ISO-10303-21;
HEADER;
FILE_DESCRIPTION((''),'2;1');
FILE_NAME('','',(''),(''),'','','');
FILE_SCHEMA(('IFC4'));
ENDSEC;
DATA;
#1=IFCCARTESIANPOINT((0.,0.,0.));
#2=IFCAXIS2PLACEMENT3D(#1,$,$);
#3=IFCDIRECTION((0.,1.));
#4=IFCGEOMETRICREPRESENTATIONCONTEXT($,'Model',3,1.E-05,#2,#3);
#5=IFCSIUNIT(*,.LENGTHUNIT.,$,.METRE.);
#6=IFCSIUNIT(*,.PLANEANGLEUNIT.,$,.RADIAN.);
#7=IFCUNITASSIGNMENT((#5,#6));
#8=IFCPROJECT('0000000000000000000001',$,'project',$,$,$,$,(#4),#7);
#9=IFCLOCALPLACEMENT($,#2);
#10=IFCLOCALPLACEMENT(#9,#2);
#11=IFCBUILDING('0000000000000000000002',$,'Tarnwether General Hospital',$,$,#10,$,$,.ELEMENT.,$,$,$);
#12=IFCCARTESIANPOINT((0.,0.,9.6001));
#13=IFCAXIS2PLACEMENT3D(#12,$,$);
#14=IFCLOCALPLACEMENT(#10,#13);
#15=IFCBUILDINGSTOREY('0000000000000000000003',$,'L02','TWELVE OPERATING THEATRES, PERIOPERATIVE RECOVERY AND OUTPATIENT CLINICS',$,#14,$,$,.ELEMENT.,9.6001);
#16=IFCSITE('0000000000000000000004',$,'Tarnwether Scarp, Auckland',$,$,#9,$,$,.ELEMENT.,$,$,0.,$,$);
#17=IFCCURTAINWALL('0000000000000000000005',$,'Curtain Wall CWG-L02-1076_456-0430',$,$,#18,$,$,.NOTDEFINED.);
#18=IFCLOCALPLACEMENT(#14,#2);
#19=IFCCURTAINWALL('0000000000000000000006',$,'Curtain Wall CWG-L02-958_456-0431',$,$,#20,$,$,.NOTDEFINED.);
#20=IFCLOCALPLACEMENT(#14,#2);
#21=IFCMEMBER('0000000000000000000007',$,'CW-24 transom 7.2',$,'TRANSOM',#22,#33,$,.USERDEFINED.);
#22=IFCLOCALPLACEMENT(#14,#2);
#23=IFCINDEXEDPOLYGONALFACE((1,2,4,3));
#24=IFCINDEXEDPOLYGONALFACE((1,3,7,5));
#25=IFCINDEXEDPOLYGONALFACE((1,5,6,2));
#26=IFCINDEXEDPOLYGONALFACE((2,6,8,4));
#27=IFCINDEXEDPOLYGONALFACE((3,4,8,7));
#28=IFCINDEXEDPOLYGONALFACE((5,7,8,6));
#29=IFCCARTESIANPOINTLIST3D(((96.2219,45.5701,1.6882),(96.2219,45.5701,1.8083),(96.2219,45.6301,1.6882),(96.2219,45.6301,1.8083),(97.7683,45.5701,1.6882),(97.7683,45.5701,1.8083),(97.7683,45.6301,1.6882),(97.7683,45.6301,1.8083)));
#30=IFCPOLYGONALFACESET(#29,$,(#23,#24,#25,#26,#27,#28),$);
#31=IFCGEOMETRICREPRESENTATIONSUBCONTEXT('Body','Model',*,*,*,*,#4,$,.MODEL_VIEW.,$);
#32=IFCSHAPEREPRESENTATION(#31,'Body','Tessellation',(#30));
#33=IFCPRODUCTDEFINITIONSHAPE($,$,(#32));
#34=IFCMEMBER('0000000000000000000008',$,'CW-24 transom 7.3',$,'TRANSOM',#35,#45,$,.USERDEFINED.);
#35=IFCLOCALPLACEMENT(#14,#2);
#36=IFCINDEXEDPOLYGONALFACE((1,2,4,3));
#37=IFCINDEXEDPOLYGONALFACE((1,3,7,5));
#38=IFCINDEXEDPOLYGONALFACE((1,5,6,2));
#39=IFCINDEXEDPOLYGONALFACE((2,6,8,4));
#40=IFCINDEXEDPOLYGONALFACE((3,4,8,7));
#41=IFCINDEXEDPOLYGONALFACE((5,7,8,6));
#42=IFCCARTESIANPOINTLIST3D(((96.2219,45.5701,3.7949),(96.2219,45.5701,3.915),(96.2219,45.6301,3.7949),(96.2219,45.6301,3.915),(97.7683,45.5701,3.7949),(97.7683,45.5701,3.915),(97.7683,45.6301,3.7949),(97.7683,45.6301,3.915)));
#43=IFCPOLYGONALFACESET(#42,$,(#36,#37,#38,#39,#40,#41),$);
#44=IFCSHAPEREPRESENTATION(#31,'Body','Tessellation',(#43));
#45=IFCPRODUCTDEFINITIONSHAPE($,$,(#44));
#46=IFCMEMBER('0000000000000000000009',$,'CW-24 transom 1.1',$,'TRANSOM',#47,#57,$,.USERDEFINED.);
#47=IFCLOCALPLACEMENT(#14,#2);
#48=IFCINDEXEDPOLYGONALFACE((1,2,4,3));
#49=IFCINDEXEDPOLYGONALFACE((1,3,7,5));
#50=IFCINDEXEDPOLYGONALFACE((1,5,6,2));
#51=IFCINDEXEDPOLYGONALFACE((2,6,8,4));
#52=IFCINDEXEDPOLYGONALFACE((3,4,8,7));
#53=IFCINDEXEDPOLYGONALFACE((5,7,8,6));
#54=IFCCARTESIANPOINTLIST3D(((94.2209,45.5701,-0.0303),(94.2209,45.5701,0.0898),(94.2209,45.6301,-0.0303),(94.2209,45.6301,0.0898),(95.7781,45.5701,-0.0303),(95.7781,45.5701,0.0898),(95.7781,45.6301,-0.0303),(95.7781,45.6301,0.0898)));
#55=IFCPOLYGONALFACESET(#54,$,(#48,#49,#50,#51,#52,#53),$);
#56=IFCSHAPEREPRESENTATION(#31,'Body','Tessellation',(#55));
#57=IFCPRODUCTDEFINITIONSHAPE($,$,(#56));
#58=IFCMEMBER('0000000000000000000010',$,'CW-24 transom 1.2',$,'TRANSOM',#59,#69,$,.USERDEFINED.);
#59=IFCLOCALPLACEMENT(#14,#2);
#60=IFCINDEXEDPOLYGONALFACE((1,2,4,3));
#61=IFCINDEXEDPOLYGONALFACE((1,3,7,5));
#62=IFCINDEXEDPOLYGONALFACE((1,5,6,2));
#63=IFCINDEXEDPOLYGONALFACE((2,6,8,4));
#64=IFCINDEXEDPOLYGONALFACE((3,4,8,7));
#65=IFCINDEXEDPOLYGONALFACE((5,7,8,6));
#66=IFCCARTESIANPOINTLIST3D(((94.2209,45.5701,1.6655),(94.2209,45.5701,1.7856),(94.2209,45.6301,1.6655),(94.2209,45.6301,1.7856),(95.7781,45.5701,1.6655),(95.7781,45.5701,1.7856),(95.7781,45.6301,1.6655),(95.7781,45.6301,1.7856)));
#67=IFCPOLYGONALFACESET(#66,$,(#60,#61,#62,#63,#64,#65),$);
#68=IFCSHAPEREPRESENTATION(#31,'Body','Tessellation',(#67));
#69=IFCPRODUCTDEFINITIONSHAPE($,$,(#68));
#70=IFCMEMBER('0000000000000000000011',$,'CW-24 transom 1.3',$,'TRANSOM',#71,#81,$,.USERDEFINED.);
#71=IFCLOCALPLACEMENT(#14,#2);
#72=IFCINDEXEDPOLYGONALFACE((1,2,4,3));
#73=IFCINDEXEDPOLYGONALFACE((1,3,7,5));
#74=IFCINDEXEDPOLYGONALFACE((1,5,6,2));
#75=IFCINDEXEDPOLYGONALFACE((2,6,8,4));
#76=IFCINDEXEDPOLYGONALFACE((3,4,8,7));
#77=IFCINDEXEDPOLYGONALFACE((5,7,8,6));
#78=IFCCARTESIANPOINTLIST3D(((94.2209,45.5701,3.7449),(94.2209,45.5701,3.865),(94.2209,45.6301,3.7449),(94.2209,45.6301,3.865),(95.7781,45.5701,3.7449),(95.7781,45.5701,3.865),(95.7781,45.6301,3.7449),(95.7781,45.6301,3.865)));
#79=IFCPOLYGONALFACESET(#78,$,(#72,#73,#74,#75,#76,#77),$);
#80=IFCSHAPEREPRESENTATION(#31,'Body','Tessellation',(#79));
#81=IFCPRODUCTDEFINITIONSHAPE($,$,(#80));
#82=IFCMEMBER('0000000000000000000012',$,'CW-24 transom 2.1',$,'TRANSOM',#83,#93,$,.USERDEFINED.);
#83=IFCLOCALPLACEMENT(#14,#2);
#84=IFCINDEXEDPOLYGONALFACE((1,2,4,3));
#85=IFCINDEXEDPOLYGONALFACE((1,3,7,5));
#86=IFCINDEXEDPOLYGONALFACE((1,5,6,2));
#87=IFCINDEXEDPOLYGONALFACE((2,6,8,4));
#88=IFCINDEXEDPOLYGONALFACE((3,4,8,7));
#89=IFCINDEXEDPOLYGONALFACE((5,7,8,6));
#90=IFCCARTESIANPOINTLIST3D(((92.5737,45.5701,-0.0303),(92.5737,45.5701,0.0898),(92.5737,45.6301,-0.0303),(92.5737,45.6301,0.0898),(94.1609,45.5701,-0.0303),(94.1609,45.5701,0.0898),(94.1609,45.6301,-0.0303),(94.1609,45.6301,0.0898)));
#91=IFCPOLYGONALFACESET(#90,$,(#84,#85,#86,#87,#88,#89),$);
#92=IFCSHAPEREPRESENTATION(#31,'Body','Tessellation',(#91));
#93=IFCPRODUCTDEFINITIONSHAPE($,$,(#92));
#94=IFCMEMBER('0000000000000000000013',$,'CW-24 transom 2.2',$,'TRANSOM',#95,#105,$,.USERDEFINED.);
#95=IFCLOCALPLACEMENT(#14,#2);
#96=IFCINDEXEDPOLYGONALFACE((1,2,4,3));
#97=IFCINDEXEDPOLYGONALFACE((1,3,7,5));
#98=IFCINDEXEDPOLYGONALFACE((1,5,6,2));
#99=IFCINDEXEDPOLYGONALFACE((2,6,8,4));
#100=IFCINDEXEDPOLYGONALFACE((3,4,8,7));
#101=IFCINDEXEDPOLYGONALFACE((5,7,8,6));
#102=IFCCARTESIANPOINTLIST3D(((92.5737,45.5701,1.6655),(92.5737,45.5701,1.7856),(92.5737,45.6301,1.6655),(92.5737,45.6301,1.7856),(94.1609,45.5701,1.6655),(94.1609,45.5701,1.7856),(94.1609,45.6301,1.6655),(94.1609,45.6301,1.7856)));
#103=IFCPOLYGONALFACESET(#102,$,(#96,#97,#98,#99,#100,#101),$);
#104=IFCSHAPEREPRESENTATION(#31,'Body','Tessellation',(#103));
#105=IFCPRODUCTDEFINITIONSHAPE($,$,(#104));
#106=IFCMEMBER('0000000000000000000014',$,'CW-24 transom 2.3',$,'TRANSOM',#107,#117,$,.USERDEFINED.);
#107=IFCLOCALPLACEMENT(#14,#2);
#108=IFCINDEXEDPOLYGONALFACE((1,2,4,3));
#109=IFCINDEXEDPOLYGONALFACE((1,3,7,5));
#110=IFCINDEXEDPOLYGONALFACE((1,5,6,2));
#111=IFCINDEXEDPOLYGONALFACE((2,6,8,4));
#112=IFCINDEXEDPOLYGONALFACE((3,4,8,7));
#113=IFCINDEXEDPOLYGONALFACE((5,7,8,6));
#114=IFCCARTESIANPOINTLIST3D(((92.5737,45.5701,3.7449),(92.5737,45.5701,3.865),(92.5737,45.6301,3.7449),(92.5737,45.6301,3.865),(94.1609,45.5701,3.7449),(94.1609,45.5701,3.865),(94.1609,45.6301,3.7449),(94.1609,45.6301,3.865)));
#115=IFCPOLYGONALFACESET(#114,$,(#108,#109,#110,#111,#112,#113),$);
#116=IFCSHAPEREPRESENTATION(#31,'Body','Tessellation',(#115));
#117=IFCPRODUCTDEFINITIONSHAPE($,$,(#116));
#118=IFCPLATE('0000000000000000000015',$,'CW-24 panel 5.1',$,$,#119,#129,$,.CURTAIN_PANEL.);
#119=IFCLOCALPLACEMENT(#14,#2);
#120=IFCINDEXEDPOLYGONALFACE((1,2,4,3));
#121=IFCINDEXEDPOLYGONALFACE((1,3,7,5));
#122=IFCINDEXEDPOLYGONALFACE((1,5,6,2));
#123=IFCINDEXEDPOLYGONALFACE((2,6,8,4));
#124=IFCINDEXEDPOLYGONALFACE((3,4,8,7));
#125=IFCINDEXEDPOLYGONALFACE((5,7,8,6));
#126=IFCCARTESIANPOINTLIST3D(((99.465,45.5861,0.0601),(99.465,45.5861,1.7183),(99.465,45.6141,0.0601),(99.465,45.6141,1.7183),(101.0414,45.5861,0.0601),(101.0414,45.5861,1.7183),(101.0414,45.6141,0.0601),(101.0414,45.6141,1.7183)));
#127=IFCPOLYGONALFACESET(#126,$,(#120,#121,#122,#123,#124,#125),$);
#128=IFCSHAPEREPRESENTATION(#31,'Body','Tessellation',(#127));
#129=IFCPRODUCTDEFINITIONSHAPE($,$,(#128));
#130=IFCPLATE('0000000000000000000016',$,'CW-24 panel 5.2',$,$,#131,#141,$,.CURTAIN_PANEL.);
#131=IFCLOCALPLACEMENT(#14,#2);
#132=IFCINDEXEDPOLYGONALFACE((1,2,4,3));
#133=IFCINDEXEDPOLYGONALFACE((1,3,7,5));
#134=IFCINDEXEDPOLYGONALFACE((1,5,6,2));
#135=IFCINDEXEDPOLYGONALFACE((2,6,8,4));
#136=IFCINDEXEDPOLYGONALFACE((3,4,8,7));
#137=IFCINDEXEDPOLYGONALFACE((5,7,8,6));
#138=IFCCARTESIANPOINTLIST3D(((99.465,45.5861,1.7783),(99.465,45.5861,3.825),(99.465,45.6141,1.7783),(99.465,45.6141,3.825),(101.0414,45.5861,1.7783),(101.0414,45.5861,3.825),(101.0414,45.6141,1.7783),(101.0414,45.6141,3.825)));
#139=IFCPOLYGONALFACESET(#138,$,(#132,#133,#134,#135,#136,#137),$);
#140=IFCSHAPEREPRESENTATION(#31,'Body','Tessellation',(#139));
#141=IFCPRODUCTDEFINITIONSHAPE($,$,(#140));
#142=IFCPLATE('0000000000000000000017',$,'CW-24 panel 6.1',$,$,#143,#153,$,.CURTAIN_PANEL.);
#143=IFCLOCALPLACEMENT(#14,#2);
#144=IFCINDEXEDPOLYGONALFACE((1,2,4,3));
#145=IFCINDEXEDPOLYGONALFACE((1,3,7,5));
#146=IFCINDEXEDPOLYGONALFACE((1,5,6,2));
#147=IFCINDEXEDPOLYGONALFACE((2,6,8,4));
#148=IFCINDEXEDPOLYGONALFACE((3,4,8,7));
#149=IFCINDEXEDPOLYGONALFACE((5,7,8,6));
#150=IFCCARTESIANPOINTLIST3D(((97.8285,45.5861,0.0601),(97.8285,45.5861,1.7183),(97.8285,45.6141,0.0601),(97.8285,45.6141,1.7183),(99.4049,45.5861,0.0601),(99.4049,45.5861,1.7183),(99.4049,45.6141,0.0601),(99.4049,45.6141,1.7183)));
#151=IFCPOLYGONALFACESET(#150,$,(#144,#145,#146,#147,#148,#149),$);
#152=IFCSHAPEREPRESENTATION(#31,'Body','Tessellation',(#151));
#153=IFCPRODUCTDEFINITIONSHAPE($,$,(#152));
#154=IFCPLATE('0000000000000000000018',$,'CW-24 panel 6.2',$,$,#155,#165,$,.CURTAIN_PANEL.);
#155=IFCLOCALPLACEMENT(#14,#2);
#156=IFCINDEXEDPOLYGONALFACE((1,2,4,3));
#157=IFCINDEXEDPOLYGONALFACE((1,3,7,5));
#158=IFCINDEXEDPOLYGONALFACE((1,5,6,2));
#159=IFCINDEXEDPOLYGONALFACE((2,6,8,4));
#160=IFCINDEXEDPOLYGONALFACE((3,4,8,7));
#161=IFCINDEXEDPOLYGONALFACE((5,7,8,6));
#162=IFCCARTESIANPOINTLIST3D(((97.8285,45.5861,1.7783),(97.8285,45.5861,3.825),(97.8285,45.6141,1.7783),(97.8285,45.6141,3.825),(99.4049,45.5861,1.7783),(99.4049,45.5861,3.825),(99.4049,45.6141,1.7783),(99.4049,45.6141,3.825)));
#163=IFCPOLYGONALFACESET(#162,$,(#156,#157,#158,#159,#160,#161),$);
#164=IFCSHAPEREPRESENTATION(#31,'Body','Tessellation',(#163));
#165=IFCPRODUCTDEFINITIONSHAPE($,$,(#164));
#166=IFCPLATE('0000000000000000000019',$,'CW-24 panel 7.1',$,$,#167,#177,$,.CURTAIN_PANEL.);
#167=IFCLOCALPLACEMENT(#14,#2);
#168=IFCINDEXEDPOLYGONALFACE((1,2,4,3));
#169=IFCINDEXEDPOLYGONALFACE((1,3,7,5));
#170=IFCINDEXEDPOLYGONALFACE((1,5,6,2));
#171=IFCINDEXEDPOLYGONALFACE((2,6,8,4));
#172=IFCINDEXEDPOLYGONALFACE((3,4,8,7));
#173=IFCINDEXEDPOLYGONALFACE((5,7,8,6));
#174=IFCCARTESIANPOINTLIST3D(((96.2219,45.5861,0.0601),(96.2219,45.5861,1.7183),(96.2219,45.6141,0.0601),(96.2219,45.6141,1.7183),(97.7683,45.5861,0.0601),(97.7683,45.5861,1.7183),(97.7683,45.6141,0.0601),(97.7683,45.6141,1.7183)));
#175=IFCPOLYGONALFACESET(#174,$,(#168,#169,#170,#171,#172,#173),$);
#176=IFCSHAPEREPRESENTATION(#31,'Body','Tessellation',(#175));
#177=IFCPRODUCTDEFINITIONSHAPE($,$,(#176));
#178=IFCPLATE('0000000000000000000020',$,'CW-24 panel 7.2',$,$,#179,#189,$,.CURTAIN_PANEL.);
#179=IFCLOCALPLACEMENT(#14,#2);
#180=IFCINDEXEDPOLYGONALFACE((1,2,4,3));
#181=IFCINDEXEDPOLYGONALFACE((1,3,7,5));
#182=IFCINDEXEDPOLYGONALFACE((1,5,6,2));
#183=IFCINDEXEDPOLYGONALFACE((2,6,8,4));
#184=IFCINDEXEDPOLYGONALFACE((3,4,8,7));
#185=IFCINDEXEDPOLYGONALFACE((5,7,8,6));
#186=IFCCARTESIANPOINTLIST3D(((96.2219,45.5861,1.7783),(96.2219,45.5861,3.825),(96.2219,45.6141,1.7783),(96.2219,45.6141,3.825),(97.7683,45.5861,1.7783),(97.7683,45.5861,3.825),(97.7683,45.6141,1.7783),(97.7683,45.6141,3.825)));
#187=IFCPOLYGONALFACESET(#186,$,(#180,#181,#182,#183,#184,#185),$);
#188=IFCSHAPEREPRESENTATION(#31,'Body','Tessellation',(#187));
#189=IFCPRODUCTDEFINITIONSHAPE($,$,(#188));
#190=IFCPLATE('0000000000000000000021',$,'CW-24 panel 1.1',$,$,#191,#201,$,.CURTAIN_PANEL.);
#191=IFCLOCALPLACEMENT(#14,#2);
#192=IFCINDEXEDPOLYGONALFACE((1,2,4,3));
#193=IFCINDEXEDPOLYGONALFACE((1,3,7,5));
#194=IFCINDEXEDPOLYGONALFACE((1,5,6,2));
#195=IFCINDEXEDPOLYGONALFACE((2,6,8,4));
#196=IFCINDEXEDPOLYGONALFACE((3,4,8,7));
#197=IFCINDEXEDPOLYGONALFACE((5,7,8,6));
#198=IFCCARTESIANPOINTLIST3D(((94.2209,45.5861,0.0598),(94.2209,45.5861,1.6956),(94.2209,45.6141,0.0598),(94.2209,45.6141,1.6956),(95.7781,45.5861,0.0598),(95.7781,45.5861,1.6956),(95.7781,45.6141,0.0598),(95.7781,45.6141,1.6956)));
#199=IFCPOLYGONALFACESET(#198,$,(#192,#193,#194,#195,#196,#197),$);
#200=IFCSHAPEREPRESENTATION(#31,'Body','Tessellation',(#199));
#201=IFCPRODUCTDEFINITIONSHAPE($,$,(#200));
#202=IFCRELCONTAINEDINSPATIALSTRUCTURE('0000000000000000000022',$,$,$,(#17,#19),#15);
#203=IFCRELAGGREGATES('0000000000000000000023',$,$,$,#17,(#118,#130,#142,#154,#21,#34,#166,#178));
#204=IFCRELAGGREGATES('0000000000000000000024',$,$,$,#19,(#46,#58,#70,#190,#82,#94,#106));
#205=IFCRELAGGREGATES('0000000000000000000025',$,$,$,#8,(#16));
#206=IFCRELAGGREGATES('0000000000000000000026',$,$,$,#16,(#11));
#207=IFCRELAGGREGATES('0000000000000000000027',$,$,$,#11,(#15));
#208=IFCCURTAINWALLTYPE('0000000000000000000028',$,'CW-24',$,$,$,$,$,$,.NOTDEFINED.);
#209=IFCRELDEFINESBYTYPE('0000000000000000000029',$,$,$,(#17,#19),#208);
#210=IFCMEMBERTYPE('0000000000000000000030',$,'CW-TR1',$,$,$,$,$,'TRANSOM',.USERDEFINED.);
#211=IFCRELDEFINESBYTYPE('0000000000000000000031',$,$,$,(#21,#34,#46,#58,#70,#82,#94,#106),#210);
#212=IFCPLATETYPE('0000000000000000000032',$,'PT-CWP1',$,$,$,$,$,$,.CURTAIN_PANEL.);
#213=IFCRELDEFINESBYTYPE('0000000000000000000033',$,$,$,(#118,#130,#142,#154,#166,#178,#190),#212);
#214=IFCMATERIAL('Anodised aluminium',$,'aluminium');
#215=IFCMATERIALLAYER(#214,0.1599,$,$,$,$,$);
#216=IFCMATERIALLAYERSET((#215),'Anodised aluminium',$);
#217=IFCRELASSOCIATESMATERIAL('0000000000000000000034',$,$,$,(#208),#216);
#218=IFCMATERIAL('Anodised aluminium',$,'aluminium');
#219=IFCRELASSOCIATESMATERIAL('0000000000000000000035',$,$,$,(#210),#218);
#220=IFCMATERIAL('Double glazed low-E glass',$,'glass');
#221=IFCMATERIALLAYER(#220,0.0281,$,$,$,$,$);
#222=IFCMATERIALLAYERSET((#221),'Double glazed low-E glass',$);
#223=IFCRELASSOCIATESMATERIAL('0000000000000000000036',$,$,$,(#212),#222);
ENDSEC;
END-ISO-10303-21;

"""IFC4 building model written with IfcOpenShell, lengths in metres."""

from ifc_helpers import new_model, si_unit, direction, frame, origin, origin_2d, place, context, subcontext, project, spatial, rectangle, extrude, material, layer, layer_set, material_profile, profile_set, type_object, element, aggregate, save


model = new_model("IFC4")

# Units and contexts
model_context = context("Model", 3, precision=1e-05, world=origin(), true_north=direction((0.0, 1.0)))
body_context = subcontext(model_context, "Body", "Model", "MODEL_VIEW")
ifc_project = project(units=[si_unit("LENGTHUNIT", "METRE"), si_unit("PLANEANGLEUNIT", "RADIAN")], contexts=[model_context])

# Site, building, storey
site_placement = place(None, origin())
site = spatial("IfcSite", under=ifc_project, at=site_placement, Name="Tarnwether Scarp, Auckland", CompositionType="ELEMENT", RefElevation=0.0)
building_placement = place(site_placement, origin())
building = spatial("IfcBuilding", under=site, at=building_placement, Name="Tarnwether General Hospital", CompositionType="ELEMENT")
storey_placement = place(building_placement, frame((0.0, 0.0, 9.6001)))
storey = spatial("IfcBuildingStorey", under=building, at=storey_placement, Name="L02", Description="TWELVE OPERATING THEATRES, PERIOPERATIVE RECOVERY AND OUTPATIENT CLINICS", CompositionType="ELEMENT", Elevation=9.6001)

# Curtain walls
ifc_material_1 = material(Name="Anodised aluminium", Category="aluminium")
ifc_layer_1 = layer(ifc_material_1, 0.1599)
ifc_layer_set_1 = layer_set([ifc_layer_1], Name="Anodised aluminium")
curtain_wall_type = type_object("IfcCurtainWallType", Name="CW-24", PredefinedType="NOTDEFINED", material=ifc_layer_set_1)
curtain_wall_1_placement = place(storey_placement, origin())
curtain_wall_1 = element("IfcCurtainWall", 1, at=curtain_wall_1_placement, inside=storey, type_object=curtain_wall_type, Name="Curtain Wall CWG-L02-1076_456-0430", PredefinedType="NOTDEFINED")
curtain_wall_2_placement = place(storey_placement, origin())
curtain_wall_2 = element("IfcCurtainWall", 2, at=curtain_wall_2_placement, inside=storey, type_object=curtain_wall_type, Name="Curtain Wall CWG-L02-958_456-0431", PredefinedType="NOTDEFINED")

# Members
ifc_material_2 = material(Name="Anodised aluminium", Category="aluminium")
ifc_material_profile_1 = material_profile(ifc_material_2, rectangle(XDim=0.0601, YDim=0.1201, at=origin_2d()), Name="ALU-TRN-60x120")
ifc_profile_set_1 = profile_set([ifc_material_profile_1], Name="Anodised aluminium")
member_type_1 = type_object("IfcMemberType", Name="CW-TR1", ElementType="TRANSOM", PredefinedType="USERDEFINED", material=ifc_profile_set_1)
member_1_placement = place(storey_placement, frame((97.7683, 45.6001, 1.7483), z_axis=(-1.0, 0.0, 0.0), x_axis=(0.0, -1.0, 0.0)))
member_1 = element("IfcMember", 3, at=member_1_placement, type_object=member_type_1, Name="CW-24 transom 7.2", ObjectType="TRANSOM", PredefinedType="USERDEFINED", context=body_context, shape_type="SweptSolid", body=[
    extrude(rectangle(XDim=0.0601, YDim=0.1201, at=origin_2d()), origin(), (0.0, 0.0, 1.0), 1.5464),
])
member_2_placement = place(storey_placement, frame((97.7683, 45.6001, 3.855), z_axis=(-1.0, 0.0, 0.0), x_axis=(0.0, -1.0, 0.0)))
member_2 = element("IfcMember", 4, at=member_2_placement, type_object=member_type_1, Name="CW-24 transom 7.3", ObjectType="TRANSOM", PredefinedType="USERDEFINED", context=body_context, shape_type="SweptSolid", body=[
    extrude(rectangle(XDim=0.0601, YDim=0.1201, at=origin_2d()), origin(), (0.0, 0.0, 1.0), 1.5464),
])
member_3_placement = place(storey_placement, frame((95.7781, 45.6001, 0.0298), z_axis=(-1.0, 0.0, 0.0), x_axis=(0.0, -1.0, 0.0)))
member_3 = element("IfcMember", 5, at=member_3_placement, type_object=member_type_1, Name="CW-24 transom 1.1", ObjectType="TRANSOM", PredefinedType="USERDEFINED", context=body_context, shape_type="SweptSolid", body=[
    extrude(rectangle(XDim=0.0601, YDim=0.1201, at=origin_2d()), origin(), (0.0, 0.0, 1.0), 1.5571),
])
member_4_placement = place(storey_placement, frame((95.7781, 45.6001, 1.7256), z_axis=(-1.0, 0.0, 0.0), x_axis=(0.0, -1.0, 0.0)))
member_4 = element("IfcMember", 6, at=member_4_placement, type_object=member_type_1, Name="CW-24 transom 1.2", ObjectType="TRANSOM", PredefinedType="USERDEFINED", context=body_context, shape_type="SweptSolid", body=[
    extrude(rectangle(XDim=0.0601, YDim=0.1201, at=origin_2d()), origin(), (0.0, 0.0, 1.0), 1.5571),
])
member_5_placement = place(storey_placement, frame((95.7781, 45.6001, 3.8049), z_axis=(-1.0, 0.0, 0.0), x_axis=(0.0, -1.0, 0.0)))
member_5 = element("IfcMember", 7, at=member_5_placement, type_object=member_type_1, Name="CW-24 transom 1.3", ObjectType="TRANSOM", PredefinedType="USERDEFINED", context=body_context, shape_type="SweptSolid", body=[
    extrude(rectangle(XDim=0.0601, YDim=0.1201, at=origin_2d()), origin(), (0.0, 0.0, 1.0), 1.5571),
])
member_6_placement = place(storey_placement, frame((94.1609, 45.6001, 0.0298), z_axis=(-1.0, 0.0, 0.0), x_axis=(0.0, -1.0, 0.0)))
member_6 = element("IfcMember", 8, at=member_6_placement, type_object=member_type_1, Name="CW-24 transom 2.1", ObjectType="TRANSOM", PredefinedType="USERDEFINED", context=body_context, shape_type="SweptSolid", body=[
    extrude(rectangle(XDim=0.0601, YDim=0.1201, at=origin_2d()), origin(), (0.0, 0.0, 1.0), 1.5872),
])
member_7_placement = place(storey_placement, frame((94.1609, 45.6001, 1.7256), z_axis=(-1.0, 0.0, 0.0), x_axis=(0.0, -1.0, 0.0)))
member_7 = element("IfcMember", 9, at=member_7_placement, type_object=member_type_1, Name="CW-24 transom 2.2", ObjectType="TRANSOM", PredefinedType="USERDEFINED", context=body_context, shape_type="SweptSolid", body=[
    extrude(rectangle(XDim=0.0601, YDim=0.1201, at=origin_2d()), origin(), (0.0, 0.0, 1.0), 1.5872),
])
member_8_placement = place(storey_placement, frame((94.1609, 45.6001, 3.8049), z_axis=(-1.0, 0.0, 0.0), x_axis=(0.0, -1.0, 0.0)))
member_8 = element("IfcMember", 10, at=member_8_placement, type_object=member_type_1, Name="CW-24 transom 2.3", ObjectType="TRANSOM", PredefinedType="USERDEFINED", context=body_context, shape_type="SweptSolid", body=[
    extrude(rectangle(XDim=0.0601, YDim=0.1201, at=origin_2d()), origin(), (0.0, 0.0, 1.0), 1.5872),
])

# Plates
ifc_material_3 = material(Name="Double glazed low-E glass", Category="glass")
ifc_layer_2 = layer(ifc_material_3, 0.0281)
ifc_layer_set_2 = layer_set([ifc_layer_2], Name="Double glazed low-E glass")
plate_type = type_object("IfcPlateType", Name="PT-CWP1", PredefinedType="CURTAIN_PANEL", material=ifc_layer_set_2)
plate_1_placement = place(storey_placement, frame((100.2532, 45.6001, 0.0601), z_axis=(0.0, 0.0, 1.0), x_axis=(-1.0, 0.0, 0.0)))
plate_1 = element("IfcPlate", 11, at=plate_1_placement, type_object=plate_type, Name="CW-24 panel 5.1", PredefinedType="CURTAIN_PANEL", context=body_context, shape_type="SweptSolid", body=[
    extrude(rectangle(XDim=1.5764, YDim=0.0281, at=origin_2d()), origin(), (0.0, 0.0, 1.0), 1.6582),
])
plate_2_placement = place(storey_placement, frame((100.2532, 45.6001, 1.7783), z_axis=(0.0, 0.0, 1.0), x_axis=(-1.0, 0.0, 0.0)))
plate_2 = element("IfcPlate", 12, at=plate_2_placement, type_object=plate_type, Name="CW-24 panel 5.2", PredefinedType="CURTAIN_PANEL", context=body_context, shape_type="SweptSolid", body=[
    extrude(rectangle(XDim=1.5764, YDim=0.0281, at=origin_2d()), origin(), (0.0, 0.0, 1.0), 2.0466),
])
plate_3_placement = place(storey_placement, frame((98.6167, 45.6001, 0.0601), z_axis=(0.0, 0.0, 1.0), x_axis=(-1.0, 0.0, 0.0)))
plate_3 = element("IfcPlate", 13, at=plate_3_placement, type_object=plate_type, Name="CW-24 panel 6.1", PredefinedType="CURTAIN_PANEL", context=body_context, shape_type="SweptSolid", body=[
    extrude(rectangle(XDim=1.5764, YDim=0.0281, at=origin_2d()), origin(), (0.0, 0.0, 1.0), 1.6582),
])
plate_4_placement = place(storey_placement, frame((98.6167, 45.6001, 1.7783), z_axis=(0.0, 0.0, 1.0), x_axis=(-1.0, 0.0, 0.0)))
plate_4 = element("IfcPlate", 14, at=plate_4_placement, type_object=plate_type, Name="CW-24 panel 6.2", PredefinedType="CURTAIN_PANEL", context=body_context, shape_type="SweptSolid", body=[
    extrude(rectangle(XDim=1.5764, YDim=0.0281, at=origin_2d()), origin(), (0.0, 0.0, 1.0), 2.0466),
])
plate_5_placement = place(storey_placement, frame((96.9951, 45.6001, 0.0601), z_axis=(0.0, 0.0, 1.0), x_axis=(-1.0, 0.0, 0.0)))
plate_5 = element("IfcPlate", 15, at=plate_5_placement, type_object=plate_type, Name="CW-24 panel 7.1", PredefinedType="CURTAIN_PANEL", context=body_context, shape_type="SweptSolid", body=[
    extrude(rectangle(XDim=1.5464, YDim=0.0281, at=origin_2d()), origin(), (0.0, 0.0, 1.0), 1.6582),
])
plate_6_placement = place(storey_placement, frame((96.9951, 45.6001, 1.7783), z_axis=(0.0, 0.0, 1.0), x_axis=(-1.0, 0.0, 0.0)))
plate_6 = element("IfcPlate", 16, at=plate_6_placement, type_object=plate_type, Name="CW-24 panel 7.2", PredefinedType="CURTAIN_PANEL", context=body_context, shape_type="SweptSolid", body=[
    extrude(rectangle(XDim=1.5464, YDim=0.0281, at=origin_2d()), origin(), (0.0, 0.0, 1.0), 2.0466),
])
aggregate(curtain_wall_1, [plate_1, plate_2, plate_3, plate_4, member_1, member_2, plate_5, plate_6])
plate_7_placement = place(storey_placement, frame((94.9995, 45.6001, 0.0598), z_axis=(0.0, 0.0, 1.0), x_axis=(-1.0, 0.0, 0.0)))
plate_7 = element("IfcPlate", 17, at=plate_7_placement, type_object=plate_type, Name="CW-24 panel 1.1", PredefinedType="CURTAIN_PANEL", context=body_context, shape_type="SweptSolid", body=[
    extrude(rectangle(XDim=1.5571, YDim=0.0281, at=origin_2d()), origin(), (0.0, 0.0, 1.0), 1.6357),
])
aggregate(curtain_wall_2, [member_3, member_4, member_5, plate_7, member_6, member_7, member_8])

save(model, "model.ifc")
